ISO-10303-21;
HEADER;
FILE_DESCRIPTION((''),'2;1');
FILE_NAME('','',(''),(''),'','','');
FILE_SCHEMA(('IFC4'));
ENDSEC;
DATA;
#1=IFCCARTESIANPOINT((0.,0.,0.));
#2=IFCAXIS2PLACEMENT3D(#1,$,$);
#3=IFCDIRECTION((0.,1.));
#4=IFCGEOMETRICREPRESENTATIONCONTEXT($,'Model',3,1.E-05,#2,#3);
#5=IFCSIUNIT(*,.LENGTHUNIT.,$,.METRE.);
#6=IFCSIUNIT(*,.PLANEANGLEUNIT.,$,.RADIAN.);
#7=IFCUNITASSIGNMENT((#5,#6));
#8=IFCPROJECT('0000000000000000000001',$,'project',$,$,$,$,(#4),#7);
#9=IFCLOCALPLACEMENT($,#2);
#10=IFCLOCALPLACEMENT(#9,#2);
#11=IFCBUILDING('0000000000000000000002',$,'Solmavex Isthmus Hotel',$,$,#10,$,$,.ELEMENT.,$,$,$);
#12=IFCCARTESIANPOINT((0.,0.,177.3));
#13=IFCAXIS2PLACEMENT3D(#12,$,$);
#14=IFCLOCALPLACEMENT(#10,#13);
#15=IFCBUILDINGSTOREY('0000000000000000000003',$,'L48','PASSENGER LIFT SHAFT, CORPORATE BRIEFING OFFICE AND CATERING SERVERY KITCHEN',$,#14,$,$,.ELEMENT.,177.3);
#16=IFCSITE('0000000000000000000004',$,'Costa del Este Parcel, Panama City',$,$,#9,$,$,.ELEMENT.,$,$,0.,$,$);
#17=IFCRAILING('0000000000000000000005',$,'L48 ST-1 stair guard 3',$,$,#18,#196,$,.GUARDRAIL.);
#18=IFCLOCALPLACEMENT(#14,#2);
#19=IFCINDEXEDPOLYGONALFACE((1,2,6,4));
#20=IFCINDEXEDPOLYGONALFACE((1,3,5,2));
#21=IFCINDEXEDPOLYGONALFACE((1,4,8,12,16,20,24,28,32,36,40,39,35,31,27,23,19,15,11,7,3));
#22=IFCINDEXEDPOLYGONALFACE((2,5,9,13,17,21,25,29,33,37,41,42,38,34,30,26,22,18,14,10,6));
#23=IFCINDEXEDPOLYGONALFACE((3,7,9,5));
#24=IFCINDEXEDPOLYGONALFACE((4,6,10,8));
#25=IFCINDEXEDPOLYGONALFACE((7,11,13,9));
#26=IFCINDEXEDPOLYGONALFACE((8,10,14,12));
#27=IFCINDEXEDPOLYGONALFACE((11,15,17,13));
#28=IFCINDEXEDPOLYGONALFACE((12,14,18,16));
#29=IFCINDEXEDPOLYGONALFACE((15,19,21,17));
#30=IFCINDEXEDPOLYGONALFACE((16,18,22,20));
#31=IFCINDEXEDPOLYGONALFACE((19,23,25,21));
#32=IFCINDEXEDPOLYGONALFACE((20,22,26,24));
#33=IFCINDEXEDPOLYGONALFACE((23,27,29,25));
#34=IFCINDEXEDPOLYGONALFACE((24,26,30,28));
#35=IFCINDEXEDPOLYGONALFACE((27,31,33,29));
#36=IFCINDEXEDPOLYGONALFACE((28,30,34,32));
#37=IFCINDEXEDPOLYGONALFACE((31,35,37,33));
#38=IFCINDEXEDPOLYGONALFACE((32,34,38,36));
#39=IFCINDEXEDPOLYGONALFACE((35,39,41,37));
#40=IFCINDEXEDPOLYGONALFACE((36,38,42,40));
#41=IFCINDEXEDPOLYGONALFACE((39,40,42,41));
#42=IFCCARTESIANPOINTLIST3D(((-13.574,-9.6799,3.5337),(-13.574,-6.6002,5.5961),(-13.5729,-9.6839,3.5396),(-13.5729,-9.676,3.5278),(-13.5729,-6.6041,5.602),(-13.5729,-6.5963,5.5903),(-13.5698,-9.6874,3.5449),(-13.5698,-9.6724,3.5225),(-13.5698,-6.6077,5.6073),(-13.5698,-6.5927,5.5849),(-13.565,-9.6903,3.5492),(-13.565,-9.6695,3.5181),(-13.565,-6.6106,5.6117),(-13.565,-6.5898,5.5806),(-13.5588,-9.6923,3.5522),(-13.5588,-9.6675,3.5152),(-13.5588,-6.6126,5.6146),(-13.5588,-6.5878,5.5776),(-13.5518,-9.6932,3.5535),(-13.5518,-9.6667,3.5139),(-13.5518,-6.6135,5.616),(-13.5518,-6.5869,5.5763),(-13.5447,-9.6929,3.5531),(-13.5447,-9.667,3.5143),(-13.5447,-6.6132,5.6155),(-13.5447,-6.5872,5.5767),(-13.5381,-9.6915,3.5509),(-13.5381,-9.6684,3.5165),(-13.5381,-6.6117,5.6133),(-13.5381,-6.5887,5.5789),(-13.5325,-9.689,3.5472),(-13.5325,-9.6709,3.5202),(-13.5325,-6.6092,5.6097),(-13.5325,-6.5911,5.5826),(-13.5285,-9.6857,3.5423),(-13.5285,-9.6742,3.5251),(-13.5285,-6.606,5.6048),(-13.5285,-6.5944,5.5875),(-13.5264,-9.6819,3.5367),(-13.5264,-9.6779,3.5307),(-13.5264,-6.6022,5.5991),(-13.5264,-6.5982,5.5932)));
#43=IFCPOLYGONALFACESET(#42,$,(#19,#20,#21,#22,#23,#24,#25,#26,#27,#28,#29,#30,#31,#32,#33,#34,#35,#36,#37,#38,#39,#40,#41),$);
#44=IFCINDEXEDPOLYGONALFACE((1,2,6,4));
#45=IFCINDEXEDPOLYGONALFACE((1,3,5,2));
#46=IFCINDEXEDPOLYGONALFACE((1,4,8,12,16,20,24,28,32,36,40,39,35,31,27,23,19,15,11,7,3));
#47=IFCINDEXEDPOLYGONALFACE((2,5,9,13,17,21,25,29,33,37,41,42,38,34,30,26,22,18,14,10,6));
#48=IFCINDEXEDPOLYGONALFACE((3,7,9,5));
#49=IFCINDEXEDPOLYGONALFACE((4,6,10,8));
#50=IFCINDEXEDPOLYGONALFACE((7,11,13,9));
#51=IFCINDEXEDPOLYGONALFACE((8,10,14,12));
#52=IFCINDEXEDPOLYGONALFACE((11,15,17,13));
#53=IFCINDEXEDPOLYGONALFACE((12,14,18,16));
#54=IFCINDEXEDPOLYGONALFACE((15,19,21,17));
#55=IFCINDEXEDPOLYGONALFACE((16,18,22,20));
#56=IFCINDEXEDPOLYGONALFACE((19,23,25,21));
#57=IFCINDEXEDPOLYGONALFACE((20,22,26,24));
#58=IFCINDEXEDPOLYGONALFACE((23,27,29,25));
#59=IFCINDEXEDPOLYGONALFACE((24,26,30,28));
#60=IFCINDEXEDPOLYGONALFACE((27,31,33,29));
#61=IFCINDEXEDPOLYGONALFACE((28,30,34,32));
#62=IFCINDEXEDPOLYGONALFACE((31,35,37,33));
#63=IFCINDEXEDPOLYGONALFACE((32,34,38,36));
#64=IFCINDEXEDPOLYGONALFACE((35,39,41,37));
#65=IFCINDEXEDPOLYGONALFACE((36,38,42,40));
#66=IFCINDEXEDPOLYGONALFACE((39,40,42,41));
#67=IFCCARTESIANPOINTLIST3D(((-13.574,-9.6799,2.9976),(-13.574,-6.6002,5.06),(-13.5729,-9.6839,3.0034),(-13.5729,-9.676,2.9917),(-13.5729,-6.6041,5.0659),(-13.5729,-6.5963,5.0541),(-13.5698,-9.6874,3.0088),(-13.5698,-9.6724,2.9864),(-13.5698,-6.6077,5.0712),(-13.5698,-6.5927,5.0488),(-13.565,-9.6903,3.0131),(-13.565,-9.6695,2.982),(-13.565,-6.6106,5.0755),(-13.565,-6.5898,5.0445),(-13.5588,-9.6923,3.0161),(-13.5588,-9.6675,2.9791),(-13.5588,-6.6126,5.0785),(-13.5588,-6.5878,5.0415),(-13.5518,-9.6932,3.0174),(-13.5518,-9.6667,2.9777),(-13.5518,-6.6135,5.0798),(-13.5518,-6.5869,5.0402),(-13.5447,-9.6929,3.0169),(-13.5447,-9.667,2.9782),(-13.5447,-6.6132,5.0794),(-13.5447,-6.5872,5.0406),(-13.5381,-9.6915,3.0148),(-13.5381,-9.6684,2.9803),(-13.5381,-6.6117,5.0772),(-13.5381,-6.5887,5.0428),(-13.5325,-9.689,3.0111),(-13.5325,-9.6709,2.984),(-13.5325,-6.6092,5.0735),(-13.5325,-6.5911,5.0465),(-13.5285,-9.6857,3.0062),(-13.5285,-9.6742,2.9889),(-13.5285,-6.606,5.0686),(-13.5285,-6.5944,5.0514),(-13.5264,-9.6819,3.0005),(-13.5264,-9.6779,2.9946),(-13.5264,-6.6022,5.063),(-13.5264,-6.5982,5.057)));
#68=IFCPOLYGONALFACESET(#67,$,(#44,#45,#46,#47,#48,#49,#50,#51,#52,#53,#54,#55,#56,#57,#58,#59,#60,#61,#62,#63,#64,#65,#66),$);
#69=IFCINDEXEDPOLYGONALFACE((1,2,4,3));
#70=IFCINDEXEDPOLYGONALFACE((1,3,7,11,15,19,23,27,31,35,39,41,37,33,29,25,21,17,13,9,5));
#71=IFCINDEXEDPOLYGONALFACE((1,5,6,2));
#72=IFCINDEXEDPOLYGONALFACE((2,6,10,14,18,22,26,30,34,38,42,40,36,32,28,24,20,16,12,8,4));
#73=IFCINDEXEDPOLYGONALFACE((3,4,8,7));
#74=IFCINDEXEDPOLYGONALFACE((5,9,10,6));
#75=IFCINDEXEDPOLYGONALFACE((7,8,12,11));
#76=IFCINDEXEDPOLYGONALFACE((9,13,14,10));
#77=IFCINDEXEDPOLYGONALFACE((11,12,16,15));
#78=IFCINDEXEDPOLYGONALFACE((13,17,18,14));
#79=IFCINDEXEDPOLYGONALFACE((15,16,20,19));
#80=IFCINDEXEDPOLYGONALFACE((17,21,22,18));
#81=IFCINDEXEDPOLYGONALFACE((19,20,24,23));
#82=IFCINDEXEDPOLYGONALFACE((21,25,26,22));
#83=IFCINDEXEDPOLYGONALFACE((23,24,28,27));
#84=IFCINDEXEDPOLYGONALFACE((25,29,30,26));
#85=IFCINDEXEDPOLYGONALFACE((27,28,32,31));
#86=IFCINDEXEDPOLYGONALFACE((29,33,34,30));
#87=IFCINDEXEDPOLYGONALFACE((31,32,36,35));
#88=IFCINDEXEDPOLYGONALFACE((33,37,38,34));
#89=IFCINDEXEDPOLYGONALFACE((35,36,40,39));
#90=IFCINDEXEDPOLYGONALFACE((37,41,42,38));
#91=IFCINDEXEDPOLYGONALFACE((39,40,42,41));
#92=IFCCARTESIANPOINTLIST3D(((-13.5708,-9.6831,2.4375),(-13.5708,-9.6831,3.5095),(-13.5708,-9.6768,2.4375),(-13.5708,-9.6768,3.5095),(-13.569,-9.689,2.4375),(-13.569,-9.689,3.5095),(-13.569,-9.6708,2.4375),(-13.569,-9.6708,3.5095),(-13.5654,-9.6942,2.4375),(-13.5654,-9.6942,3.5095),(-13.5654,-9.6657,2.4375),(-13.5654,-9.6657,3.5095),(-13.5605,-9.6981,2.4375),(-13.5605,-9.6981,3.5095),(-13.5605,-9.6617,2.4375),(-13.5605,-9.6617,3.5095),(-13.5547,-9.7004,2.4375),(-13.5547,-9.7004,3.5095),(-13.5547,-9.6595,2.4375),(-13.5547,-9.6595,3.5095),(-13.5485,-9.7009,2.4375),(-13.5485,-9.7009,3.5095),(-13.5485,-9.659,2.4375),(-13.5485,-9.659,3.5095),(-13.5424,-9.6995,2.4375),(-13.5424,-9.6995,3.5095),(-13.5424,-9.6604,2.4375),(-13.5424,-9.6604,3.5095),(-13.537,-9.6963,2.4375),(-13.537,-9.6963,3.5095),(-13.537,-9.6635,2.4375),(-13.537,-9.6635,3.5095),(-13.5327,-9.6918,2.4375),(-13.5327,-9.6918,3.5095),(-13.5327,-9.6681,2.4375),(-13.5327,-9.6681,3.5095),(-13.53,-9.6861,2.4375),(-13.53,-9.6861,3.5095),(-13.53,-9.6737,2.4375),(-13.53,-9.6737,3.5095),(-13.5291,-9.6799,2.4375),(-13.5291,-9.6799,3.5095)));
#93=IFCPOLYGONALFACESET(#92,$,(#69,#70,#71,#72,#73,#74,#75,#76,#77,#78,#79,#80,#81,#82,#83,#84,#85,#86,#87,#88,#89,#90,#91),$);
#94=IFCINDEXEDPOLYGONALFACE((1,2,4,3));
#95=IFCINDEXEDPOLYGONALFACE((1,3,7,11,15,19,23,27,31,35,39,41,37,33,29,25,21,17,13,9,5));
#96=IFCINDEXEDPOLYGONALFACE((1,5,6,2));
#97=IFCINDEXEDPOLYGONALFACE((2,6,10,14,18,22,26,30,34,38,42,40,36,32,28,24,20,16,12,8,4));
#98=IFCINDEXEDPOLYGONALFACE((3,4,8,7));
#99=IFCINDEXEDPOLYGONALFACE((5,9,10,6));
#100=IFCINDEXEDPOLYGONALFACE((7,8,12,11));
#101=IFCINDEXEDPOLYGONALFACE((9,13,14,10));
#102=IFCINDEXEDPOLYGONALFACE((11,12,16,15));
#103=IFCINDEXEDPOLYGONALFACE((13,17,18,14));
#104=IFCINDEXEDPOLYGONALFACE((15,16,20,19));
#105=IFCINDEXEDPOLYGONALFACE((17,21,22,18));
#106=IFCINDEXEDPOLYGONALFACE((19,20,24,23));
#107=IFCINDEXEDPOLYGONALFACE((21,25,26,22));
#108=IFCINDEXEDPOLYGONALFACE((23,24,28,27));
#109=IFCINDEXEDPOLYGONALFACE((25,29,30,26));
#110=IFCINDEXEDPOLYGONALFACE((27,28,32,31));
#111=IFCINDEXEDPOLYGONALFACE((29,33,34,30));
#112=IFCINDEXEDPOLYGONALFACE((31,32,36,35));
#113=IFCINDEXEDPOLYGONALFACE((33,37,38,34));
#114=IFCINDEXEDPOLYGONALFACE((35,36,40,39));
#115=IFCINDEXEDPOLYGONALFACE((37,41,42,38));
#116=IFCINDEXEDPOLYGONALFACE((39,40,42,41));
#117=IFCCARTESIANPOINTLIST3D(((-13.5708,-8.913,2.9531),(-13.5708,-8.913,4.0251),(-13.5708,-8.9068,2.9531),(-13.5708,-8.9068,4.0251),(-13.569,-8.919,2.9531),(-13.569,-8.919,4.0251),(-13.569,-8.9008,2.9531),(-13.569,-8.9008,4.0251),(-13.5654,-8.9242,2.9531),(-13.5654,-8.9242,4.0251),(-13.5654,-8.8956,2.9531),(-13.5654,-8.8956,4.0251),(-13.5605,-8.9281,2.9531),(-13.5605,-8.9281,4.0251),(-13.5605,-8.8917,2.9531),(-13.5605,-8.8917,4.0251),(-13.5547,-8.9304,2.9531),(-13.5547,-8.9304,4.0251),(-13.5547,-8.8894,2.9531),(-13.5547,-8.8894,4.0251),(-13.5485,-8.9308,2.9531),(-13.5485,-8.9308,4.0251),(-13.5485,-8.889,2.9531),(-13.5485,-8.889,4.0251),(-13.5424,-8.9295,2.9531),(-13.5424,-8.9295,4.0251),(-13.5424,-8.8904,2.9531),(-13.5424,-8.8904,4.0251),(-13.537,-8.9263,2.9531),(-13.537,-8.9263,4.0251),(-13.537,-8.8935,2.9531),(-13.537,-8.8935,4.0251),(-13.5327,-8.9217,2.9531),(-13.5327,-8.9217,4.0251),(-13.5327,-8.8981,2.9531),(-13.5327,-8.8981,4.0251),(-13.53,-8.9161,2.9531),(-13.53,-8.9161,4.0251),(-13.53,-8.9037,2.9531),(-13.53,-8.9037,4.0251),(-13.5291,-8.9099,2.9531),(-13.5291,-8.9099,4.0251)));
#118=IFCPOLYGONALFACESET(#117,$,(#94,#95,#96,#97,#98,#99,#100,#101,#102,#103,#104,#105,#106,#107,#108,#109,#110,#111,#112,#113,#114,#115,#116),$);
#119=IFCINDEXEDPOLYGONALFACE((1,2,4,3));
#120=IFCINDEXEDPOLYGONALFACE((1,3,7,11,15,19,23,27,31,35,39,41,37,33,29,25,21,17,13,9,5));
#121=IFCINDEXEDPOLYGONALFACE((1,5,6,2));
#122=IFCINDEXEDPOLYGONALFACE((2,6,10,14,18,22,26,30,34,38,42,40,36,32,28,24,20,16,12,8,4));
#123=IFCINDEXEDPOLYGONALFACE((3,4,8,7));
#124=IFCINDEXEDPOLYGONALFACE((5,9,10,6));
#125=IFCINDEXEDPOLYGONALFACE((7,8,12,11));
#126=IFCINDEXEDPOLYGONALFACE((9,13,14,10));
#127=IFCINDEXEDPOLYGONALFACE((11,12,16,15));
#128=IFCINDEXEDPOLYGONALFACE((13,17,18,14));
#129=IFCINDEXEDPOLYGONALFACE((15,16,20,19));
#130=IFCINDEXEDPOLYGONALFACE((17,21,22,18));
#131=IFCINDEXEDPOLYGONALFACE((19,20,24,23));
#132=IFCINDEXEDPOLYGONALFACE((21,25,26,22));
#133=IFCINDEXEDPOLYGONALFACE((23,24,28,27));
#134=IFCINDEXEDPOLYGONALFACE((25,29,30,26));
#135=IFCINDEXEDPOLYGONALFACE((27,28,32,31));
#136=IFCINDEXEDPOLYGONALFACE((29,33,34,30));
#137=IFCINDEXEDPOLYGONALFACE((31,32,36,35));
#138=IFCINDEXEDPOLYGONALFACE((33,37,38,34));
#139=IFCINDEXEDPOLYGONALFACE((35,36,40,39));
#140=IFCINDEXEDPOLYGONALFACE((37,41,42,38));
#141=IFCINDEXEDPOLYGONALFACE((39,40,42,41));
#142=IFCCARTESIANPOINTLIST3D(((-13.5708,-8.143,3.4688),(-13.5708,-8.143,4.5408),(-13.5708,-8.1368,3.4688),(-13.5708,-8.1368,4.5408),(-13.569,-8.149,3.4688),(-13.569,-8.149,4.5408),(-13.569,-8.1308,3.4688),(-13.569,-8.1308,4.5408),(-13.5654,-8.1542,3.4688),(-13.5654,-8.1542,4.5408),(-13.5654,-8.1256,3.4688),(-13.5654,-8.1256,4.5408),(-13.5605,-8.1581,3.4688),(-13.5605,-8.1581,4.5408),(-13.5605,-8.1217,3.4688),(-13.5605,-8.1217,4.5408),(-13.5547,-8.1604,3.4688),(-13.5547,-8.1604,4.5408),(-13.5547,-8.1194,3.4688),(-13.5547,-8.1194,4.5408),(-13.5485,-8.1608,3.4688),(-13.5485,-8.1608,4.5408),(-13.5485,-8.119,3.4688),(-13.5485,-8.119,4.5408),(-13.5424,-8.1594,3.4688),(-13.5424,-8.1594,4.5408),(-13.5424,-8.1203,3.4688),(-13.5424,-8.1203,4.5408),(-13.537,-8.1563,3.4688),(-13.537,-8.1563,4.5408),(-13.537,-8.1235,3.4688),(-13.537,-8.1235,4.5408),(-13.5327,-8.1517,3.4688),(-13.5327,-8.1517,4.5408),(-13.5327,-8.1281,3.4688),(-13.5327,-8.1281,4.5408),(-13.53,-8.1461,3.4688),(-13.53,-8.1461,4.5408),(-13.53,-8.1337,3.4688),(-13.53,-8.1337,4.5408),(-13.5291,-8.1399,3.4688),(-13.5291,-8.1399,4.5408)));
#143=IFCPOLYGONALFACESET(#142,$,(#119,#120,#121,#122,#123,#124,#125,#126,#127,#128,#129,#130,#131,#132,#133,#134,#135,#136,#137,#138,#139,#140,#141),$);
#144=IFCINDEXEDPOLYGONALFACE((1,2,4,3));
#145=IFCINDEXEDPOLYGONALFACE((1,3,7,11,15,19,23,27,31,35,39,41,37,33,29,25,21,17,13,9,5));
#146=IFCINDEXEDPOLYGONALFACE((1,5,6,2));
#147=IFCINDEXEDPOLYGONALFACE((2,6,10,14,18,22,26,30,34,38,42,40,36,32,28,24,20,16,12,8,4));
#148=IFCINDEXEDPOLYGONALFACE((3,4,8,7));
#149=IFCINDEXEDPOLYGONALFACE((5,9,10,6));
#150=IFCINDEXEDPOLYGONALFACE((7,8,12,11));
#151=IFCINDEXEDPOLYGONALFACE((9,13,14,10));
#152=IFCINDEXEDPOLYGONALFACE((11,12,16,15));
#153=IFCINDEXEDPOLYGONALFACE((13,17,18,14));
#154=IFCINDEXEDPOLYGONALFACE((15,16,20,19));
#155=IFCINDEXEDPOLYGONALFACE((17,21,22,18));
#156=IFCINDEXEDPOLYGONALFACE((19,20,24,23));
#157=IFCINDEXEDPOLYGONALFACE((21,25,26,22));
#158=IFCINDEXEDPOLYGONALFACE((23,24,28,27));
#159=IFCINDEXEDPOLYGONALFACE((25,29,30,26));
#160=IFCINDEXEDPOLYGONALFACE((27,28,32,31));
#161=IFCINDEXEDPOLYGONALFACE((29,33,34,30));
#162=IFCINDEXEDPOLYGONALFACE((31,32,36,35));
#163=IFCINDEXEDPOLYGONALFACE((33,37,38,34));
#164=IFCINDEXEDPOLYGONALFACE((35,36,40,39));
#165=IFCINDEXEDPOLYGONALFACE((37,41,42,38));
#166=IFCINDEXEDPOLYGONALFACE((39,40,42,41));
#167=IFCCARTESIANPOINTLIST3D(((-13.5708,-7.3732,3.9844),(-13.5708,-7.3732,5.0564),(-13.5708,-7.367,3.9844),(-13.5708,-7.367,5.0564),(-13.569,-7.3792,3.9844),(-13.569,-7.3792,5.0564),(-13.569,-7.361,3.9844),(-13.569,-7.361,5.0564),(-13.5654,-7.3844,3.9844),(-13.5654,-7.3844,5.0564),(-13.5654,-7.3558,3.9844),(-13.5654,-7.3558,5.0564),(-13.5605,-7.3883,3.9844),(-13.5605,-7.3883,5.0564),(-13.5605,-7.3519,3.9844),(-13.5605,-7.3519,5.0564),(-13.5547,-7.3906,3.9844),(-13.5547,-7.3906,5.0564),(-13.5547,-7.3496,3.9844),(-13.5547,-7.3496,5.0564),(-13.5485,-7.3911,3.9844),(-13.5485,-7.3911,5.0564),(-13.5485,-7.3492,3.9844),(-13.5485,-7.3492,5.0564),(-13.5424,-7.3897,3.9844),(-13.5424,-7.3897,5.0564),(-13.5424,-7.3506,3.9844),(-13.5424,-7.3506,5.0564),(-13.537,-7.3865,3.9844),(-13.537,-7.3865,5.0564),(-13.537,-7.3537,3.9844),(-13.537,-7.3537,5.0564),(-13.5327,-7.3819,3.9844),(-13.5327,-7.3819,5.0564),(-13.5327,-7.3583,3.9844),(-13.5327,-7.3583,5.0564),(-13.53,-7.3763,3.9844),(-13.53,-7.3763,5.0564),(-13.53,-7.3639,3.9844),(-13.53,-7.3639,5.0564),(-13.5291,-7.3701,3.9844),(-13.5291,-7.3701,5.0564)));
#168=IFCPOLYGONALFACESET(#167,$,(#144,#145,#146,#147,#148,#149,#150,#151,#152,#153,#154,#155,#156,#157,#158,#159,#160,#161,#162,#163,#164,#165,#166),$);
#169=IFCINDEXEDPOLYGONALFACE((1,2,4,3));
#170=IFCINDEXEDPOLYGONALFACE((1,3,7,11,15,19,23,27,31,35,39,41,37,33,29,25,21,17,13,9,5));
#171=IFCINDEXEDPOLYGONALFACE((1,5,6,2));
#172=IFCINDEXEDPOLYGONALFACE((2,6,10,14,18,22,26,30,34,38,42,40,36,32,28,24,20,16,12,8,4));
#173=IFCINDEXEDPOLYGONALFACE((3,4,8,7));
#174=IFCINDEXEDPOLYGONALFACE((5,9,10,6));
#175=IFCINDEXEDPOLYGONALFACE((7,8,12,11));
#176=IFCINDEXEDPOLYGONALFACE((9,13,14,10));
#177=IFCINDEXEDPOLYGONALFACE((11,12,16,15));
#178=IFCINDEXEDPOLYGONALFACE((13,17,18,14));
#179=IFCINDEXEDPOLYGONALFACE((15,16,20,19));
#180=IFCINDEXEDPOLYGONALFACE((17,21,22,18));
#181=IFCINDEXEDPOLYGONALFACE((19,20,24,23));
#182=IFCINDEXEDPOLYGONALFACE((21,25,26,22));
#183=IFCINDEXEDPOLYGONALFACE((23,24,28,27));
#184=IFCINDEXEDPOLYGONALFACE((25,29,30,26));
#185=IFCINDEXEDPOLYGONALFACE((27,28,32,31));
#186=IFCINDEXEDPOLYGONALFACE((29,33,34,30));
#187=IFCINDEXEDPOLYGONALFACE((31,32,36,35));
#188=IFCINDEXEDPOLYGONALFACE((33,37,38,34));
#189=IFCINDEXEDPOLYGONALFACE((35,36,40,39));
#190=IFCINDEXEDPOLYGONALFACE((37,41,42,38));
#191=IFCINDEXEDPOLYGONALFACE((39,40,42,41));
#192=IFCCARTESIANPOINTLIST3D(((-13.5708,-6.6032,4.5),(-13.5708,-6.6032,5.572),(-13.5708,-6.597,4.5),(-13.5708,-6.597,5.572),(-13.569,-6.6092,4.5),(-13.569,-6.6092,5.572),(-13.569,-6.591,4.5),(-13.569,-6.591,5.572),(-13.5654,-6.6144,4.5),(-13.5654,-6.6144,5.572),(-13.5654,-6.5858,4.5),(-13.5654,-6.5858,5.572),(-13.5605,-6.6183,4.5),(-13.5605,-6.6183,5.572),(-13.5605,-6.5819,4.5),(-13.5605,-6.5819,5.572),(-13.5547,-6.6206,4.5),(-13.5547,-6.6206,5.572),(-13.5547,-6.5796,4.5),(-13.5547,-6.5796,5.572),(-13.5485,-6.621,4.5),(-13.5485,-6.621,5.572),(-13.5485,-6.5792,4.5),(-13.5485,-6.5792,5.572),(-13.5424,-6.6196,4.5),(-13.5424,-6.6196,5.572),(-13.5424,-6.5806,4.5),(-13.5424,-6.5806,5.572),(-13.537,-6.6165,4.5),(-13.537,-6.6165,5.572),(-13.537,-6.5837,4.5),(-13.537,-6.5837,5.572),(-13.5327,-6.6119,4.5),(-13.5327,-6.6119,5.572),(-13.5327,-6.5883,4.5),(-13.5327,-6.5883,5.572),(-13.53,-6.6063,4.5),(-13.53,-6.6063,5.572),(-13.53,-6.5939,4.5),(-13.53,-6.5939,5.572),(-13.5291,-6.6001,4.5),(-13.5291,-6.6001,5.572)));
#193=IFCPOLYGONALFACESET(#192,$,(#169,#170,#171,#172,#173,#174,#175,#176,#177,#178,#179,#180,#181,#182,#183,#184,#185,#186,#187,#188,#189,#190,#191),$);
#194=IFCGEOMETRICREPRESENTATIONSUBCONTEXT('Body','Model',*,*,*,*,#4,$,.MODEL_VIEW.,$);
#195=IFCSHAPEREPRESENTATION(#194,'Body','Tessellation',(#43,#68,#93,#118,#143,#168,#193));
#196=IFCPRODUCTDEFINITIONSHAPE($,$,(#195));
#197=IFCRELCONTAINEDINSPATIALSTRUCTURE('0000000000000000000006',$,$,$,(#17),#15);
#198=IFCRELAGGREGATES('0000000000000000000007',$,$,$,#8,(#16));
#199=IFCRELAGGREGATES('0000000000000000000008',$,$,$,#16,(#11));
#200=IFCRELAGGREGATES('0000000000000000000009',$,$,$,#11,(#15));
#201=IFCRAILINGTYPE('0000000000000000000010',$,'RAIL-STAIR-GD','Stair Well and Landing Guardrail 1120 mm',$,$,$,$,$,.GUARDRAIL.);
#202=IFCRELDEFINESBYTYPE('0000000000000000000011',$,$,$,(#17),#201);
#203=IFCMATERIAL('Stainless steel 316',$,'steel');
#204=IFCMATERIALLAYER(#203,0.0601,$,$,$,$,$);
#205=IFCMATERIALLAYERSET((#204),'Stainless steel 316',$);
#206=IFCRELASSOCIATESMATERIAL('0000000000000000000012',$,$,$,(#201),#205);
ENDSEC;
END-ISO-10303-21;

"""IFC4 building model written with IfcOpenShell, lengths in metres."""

from ifc_helpers import new_model, si_unit, direction, frame, origin, origin_2d, place, context, subcontext, project, spatial, circle, extrude, material, layer, layer_set, type_object, element, save


model = new_model("IFC4")

# Units and contexts
model_context = context("Model", 3, precision=1e-05, world=origin(), true_north=direction((0.0, 1.0)))
body_context = subcontext(model_context, "Body", "Model", "MODEL_VIEW")
ifc_project = project(units=[si_unit("LENGTHUNIT", "METRE"), si_unit("PLANEANGLEUNIT", "RADIAN")], contexts=[model_context])

# Site, building, storey
site_placement = place(None, origin())
site = spatial("IfcSite", under=ifc_project, at=site_placement, Name="Costa del Este Parcel, Panama City", CompositionType="ELEMENT", RefElevation=0.0)
building_placement = place(site_placement, origin())
building = spatial("IfcBuilding", under=site, at=building_placement, Name="Solmavex Isthmus Hotel", CompositionType="ELEMENT")
storey_placement = place(building_placement, frame((0.0, 0.0, 177.3)))
storey = spatial("IfcBuildingStorey", under=building, at=storey_placement, Name="L48", Description="PASSENGER LIFT SHAFT, CORPORATE BRIEFING OFFICE AND CATERING SERVERY KITCHEN", CompositionType="ELEMENT", Elevation=177.3)

# Railing
ifc_material_1 = material(Name="Stainless steel 316", Category="steel")
ifc_layer_1 = layer(ifc_material_1, 0.0601)
ifc_layer_set_1 = layer_set([ifc_layer_1], Name="Stainless steel 316")
railing_type_1 = type_object("IfcRailingType", Name="RAIL-STAIR-GD", Description="Stair Well and Landing Guardrail 1120 mm", PredefinedType="GUARDRAIL", material=ifc_layer_set_1)
railing_1_placement = place(storey_placement, frame((-13.55, -9.6799, 2.4375)))
element("IfcRailing", 1, at=railing_1_placement, inside=storey, type_object=railing_type_1, Name="L48 ST-1 stair guard 3", PredefinedType="GUARDRAIL", context=body_context, shape_type="SweptSolid", body=[
    extrude(circle(Radius=0.0239, at=origin_2d()), frame((0.0, 0.0, 1.0962), z_axis=(0.0, 0.830893, 0.556432), x_axis=(-1.0, 0.0, 0.0)), (0.0, 0.0, 1.0), 3.7065),
    extrude(circle(Radius=0.0239, at=origin_2d()), frame((0.0, 0.0, 0.5601), z_axis=(0.0, 0.830893, 0.556432), x_axis=(-1.0, 0.0, 0.0)), (0.0, 0.0, 1.0), 3.7065),
    extrude(circle(Radius=0.021, at=origin_2d()), origin(), (0.0, 0.0, 1.0), 1.072),
    extrude(circle(Radius=0.021, at=origin_2d()), frame((0.0, 0.77, 0.5156)), (0.0, 0.0, 1.0), 1.072),
    extrude(circle(Radius=0.021, at=origin_2d()), frame((0.0, 1.54, 1.0312)), (0.0, 0.0, 1.0), 1.072),
    extrude(circle(Radius=0.021, at=origin_2d()), frame((0.0, 2.3098, 1.5469)), (0.0, 0.0, 1.0), 1.072),
    extrude(circle(Radius=0.021, at=origin_2d()), frame((0.0, 3.0798, 2.0625)), (0.0, 0.0, 1.0), 1.072),
])

save(model, "model.ifc")
